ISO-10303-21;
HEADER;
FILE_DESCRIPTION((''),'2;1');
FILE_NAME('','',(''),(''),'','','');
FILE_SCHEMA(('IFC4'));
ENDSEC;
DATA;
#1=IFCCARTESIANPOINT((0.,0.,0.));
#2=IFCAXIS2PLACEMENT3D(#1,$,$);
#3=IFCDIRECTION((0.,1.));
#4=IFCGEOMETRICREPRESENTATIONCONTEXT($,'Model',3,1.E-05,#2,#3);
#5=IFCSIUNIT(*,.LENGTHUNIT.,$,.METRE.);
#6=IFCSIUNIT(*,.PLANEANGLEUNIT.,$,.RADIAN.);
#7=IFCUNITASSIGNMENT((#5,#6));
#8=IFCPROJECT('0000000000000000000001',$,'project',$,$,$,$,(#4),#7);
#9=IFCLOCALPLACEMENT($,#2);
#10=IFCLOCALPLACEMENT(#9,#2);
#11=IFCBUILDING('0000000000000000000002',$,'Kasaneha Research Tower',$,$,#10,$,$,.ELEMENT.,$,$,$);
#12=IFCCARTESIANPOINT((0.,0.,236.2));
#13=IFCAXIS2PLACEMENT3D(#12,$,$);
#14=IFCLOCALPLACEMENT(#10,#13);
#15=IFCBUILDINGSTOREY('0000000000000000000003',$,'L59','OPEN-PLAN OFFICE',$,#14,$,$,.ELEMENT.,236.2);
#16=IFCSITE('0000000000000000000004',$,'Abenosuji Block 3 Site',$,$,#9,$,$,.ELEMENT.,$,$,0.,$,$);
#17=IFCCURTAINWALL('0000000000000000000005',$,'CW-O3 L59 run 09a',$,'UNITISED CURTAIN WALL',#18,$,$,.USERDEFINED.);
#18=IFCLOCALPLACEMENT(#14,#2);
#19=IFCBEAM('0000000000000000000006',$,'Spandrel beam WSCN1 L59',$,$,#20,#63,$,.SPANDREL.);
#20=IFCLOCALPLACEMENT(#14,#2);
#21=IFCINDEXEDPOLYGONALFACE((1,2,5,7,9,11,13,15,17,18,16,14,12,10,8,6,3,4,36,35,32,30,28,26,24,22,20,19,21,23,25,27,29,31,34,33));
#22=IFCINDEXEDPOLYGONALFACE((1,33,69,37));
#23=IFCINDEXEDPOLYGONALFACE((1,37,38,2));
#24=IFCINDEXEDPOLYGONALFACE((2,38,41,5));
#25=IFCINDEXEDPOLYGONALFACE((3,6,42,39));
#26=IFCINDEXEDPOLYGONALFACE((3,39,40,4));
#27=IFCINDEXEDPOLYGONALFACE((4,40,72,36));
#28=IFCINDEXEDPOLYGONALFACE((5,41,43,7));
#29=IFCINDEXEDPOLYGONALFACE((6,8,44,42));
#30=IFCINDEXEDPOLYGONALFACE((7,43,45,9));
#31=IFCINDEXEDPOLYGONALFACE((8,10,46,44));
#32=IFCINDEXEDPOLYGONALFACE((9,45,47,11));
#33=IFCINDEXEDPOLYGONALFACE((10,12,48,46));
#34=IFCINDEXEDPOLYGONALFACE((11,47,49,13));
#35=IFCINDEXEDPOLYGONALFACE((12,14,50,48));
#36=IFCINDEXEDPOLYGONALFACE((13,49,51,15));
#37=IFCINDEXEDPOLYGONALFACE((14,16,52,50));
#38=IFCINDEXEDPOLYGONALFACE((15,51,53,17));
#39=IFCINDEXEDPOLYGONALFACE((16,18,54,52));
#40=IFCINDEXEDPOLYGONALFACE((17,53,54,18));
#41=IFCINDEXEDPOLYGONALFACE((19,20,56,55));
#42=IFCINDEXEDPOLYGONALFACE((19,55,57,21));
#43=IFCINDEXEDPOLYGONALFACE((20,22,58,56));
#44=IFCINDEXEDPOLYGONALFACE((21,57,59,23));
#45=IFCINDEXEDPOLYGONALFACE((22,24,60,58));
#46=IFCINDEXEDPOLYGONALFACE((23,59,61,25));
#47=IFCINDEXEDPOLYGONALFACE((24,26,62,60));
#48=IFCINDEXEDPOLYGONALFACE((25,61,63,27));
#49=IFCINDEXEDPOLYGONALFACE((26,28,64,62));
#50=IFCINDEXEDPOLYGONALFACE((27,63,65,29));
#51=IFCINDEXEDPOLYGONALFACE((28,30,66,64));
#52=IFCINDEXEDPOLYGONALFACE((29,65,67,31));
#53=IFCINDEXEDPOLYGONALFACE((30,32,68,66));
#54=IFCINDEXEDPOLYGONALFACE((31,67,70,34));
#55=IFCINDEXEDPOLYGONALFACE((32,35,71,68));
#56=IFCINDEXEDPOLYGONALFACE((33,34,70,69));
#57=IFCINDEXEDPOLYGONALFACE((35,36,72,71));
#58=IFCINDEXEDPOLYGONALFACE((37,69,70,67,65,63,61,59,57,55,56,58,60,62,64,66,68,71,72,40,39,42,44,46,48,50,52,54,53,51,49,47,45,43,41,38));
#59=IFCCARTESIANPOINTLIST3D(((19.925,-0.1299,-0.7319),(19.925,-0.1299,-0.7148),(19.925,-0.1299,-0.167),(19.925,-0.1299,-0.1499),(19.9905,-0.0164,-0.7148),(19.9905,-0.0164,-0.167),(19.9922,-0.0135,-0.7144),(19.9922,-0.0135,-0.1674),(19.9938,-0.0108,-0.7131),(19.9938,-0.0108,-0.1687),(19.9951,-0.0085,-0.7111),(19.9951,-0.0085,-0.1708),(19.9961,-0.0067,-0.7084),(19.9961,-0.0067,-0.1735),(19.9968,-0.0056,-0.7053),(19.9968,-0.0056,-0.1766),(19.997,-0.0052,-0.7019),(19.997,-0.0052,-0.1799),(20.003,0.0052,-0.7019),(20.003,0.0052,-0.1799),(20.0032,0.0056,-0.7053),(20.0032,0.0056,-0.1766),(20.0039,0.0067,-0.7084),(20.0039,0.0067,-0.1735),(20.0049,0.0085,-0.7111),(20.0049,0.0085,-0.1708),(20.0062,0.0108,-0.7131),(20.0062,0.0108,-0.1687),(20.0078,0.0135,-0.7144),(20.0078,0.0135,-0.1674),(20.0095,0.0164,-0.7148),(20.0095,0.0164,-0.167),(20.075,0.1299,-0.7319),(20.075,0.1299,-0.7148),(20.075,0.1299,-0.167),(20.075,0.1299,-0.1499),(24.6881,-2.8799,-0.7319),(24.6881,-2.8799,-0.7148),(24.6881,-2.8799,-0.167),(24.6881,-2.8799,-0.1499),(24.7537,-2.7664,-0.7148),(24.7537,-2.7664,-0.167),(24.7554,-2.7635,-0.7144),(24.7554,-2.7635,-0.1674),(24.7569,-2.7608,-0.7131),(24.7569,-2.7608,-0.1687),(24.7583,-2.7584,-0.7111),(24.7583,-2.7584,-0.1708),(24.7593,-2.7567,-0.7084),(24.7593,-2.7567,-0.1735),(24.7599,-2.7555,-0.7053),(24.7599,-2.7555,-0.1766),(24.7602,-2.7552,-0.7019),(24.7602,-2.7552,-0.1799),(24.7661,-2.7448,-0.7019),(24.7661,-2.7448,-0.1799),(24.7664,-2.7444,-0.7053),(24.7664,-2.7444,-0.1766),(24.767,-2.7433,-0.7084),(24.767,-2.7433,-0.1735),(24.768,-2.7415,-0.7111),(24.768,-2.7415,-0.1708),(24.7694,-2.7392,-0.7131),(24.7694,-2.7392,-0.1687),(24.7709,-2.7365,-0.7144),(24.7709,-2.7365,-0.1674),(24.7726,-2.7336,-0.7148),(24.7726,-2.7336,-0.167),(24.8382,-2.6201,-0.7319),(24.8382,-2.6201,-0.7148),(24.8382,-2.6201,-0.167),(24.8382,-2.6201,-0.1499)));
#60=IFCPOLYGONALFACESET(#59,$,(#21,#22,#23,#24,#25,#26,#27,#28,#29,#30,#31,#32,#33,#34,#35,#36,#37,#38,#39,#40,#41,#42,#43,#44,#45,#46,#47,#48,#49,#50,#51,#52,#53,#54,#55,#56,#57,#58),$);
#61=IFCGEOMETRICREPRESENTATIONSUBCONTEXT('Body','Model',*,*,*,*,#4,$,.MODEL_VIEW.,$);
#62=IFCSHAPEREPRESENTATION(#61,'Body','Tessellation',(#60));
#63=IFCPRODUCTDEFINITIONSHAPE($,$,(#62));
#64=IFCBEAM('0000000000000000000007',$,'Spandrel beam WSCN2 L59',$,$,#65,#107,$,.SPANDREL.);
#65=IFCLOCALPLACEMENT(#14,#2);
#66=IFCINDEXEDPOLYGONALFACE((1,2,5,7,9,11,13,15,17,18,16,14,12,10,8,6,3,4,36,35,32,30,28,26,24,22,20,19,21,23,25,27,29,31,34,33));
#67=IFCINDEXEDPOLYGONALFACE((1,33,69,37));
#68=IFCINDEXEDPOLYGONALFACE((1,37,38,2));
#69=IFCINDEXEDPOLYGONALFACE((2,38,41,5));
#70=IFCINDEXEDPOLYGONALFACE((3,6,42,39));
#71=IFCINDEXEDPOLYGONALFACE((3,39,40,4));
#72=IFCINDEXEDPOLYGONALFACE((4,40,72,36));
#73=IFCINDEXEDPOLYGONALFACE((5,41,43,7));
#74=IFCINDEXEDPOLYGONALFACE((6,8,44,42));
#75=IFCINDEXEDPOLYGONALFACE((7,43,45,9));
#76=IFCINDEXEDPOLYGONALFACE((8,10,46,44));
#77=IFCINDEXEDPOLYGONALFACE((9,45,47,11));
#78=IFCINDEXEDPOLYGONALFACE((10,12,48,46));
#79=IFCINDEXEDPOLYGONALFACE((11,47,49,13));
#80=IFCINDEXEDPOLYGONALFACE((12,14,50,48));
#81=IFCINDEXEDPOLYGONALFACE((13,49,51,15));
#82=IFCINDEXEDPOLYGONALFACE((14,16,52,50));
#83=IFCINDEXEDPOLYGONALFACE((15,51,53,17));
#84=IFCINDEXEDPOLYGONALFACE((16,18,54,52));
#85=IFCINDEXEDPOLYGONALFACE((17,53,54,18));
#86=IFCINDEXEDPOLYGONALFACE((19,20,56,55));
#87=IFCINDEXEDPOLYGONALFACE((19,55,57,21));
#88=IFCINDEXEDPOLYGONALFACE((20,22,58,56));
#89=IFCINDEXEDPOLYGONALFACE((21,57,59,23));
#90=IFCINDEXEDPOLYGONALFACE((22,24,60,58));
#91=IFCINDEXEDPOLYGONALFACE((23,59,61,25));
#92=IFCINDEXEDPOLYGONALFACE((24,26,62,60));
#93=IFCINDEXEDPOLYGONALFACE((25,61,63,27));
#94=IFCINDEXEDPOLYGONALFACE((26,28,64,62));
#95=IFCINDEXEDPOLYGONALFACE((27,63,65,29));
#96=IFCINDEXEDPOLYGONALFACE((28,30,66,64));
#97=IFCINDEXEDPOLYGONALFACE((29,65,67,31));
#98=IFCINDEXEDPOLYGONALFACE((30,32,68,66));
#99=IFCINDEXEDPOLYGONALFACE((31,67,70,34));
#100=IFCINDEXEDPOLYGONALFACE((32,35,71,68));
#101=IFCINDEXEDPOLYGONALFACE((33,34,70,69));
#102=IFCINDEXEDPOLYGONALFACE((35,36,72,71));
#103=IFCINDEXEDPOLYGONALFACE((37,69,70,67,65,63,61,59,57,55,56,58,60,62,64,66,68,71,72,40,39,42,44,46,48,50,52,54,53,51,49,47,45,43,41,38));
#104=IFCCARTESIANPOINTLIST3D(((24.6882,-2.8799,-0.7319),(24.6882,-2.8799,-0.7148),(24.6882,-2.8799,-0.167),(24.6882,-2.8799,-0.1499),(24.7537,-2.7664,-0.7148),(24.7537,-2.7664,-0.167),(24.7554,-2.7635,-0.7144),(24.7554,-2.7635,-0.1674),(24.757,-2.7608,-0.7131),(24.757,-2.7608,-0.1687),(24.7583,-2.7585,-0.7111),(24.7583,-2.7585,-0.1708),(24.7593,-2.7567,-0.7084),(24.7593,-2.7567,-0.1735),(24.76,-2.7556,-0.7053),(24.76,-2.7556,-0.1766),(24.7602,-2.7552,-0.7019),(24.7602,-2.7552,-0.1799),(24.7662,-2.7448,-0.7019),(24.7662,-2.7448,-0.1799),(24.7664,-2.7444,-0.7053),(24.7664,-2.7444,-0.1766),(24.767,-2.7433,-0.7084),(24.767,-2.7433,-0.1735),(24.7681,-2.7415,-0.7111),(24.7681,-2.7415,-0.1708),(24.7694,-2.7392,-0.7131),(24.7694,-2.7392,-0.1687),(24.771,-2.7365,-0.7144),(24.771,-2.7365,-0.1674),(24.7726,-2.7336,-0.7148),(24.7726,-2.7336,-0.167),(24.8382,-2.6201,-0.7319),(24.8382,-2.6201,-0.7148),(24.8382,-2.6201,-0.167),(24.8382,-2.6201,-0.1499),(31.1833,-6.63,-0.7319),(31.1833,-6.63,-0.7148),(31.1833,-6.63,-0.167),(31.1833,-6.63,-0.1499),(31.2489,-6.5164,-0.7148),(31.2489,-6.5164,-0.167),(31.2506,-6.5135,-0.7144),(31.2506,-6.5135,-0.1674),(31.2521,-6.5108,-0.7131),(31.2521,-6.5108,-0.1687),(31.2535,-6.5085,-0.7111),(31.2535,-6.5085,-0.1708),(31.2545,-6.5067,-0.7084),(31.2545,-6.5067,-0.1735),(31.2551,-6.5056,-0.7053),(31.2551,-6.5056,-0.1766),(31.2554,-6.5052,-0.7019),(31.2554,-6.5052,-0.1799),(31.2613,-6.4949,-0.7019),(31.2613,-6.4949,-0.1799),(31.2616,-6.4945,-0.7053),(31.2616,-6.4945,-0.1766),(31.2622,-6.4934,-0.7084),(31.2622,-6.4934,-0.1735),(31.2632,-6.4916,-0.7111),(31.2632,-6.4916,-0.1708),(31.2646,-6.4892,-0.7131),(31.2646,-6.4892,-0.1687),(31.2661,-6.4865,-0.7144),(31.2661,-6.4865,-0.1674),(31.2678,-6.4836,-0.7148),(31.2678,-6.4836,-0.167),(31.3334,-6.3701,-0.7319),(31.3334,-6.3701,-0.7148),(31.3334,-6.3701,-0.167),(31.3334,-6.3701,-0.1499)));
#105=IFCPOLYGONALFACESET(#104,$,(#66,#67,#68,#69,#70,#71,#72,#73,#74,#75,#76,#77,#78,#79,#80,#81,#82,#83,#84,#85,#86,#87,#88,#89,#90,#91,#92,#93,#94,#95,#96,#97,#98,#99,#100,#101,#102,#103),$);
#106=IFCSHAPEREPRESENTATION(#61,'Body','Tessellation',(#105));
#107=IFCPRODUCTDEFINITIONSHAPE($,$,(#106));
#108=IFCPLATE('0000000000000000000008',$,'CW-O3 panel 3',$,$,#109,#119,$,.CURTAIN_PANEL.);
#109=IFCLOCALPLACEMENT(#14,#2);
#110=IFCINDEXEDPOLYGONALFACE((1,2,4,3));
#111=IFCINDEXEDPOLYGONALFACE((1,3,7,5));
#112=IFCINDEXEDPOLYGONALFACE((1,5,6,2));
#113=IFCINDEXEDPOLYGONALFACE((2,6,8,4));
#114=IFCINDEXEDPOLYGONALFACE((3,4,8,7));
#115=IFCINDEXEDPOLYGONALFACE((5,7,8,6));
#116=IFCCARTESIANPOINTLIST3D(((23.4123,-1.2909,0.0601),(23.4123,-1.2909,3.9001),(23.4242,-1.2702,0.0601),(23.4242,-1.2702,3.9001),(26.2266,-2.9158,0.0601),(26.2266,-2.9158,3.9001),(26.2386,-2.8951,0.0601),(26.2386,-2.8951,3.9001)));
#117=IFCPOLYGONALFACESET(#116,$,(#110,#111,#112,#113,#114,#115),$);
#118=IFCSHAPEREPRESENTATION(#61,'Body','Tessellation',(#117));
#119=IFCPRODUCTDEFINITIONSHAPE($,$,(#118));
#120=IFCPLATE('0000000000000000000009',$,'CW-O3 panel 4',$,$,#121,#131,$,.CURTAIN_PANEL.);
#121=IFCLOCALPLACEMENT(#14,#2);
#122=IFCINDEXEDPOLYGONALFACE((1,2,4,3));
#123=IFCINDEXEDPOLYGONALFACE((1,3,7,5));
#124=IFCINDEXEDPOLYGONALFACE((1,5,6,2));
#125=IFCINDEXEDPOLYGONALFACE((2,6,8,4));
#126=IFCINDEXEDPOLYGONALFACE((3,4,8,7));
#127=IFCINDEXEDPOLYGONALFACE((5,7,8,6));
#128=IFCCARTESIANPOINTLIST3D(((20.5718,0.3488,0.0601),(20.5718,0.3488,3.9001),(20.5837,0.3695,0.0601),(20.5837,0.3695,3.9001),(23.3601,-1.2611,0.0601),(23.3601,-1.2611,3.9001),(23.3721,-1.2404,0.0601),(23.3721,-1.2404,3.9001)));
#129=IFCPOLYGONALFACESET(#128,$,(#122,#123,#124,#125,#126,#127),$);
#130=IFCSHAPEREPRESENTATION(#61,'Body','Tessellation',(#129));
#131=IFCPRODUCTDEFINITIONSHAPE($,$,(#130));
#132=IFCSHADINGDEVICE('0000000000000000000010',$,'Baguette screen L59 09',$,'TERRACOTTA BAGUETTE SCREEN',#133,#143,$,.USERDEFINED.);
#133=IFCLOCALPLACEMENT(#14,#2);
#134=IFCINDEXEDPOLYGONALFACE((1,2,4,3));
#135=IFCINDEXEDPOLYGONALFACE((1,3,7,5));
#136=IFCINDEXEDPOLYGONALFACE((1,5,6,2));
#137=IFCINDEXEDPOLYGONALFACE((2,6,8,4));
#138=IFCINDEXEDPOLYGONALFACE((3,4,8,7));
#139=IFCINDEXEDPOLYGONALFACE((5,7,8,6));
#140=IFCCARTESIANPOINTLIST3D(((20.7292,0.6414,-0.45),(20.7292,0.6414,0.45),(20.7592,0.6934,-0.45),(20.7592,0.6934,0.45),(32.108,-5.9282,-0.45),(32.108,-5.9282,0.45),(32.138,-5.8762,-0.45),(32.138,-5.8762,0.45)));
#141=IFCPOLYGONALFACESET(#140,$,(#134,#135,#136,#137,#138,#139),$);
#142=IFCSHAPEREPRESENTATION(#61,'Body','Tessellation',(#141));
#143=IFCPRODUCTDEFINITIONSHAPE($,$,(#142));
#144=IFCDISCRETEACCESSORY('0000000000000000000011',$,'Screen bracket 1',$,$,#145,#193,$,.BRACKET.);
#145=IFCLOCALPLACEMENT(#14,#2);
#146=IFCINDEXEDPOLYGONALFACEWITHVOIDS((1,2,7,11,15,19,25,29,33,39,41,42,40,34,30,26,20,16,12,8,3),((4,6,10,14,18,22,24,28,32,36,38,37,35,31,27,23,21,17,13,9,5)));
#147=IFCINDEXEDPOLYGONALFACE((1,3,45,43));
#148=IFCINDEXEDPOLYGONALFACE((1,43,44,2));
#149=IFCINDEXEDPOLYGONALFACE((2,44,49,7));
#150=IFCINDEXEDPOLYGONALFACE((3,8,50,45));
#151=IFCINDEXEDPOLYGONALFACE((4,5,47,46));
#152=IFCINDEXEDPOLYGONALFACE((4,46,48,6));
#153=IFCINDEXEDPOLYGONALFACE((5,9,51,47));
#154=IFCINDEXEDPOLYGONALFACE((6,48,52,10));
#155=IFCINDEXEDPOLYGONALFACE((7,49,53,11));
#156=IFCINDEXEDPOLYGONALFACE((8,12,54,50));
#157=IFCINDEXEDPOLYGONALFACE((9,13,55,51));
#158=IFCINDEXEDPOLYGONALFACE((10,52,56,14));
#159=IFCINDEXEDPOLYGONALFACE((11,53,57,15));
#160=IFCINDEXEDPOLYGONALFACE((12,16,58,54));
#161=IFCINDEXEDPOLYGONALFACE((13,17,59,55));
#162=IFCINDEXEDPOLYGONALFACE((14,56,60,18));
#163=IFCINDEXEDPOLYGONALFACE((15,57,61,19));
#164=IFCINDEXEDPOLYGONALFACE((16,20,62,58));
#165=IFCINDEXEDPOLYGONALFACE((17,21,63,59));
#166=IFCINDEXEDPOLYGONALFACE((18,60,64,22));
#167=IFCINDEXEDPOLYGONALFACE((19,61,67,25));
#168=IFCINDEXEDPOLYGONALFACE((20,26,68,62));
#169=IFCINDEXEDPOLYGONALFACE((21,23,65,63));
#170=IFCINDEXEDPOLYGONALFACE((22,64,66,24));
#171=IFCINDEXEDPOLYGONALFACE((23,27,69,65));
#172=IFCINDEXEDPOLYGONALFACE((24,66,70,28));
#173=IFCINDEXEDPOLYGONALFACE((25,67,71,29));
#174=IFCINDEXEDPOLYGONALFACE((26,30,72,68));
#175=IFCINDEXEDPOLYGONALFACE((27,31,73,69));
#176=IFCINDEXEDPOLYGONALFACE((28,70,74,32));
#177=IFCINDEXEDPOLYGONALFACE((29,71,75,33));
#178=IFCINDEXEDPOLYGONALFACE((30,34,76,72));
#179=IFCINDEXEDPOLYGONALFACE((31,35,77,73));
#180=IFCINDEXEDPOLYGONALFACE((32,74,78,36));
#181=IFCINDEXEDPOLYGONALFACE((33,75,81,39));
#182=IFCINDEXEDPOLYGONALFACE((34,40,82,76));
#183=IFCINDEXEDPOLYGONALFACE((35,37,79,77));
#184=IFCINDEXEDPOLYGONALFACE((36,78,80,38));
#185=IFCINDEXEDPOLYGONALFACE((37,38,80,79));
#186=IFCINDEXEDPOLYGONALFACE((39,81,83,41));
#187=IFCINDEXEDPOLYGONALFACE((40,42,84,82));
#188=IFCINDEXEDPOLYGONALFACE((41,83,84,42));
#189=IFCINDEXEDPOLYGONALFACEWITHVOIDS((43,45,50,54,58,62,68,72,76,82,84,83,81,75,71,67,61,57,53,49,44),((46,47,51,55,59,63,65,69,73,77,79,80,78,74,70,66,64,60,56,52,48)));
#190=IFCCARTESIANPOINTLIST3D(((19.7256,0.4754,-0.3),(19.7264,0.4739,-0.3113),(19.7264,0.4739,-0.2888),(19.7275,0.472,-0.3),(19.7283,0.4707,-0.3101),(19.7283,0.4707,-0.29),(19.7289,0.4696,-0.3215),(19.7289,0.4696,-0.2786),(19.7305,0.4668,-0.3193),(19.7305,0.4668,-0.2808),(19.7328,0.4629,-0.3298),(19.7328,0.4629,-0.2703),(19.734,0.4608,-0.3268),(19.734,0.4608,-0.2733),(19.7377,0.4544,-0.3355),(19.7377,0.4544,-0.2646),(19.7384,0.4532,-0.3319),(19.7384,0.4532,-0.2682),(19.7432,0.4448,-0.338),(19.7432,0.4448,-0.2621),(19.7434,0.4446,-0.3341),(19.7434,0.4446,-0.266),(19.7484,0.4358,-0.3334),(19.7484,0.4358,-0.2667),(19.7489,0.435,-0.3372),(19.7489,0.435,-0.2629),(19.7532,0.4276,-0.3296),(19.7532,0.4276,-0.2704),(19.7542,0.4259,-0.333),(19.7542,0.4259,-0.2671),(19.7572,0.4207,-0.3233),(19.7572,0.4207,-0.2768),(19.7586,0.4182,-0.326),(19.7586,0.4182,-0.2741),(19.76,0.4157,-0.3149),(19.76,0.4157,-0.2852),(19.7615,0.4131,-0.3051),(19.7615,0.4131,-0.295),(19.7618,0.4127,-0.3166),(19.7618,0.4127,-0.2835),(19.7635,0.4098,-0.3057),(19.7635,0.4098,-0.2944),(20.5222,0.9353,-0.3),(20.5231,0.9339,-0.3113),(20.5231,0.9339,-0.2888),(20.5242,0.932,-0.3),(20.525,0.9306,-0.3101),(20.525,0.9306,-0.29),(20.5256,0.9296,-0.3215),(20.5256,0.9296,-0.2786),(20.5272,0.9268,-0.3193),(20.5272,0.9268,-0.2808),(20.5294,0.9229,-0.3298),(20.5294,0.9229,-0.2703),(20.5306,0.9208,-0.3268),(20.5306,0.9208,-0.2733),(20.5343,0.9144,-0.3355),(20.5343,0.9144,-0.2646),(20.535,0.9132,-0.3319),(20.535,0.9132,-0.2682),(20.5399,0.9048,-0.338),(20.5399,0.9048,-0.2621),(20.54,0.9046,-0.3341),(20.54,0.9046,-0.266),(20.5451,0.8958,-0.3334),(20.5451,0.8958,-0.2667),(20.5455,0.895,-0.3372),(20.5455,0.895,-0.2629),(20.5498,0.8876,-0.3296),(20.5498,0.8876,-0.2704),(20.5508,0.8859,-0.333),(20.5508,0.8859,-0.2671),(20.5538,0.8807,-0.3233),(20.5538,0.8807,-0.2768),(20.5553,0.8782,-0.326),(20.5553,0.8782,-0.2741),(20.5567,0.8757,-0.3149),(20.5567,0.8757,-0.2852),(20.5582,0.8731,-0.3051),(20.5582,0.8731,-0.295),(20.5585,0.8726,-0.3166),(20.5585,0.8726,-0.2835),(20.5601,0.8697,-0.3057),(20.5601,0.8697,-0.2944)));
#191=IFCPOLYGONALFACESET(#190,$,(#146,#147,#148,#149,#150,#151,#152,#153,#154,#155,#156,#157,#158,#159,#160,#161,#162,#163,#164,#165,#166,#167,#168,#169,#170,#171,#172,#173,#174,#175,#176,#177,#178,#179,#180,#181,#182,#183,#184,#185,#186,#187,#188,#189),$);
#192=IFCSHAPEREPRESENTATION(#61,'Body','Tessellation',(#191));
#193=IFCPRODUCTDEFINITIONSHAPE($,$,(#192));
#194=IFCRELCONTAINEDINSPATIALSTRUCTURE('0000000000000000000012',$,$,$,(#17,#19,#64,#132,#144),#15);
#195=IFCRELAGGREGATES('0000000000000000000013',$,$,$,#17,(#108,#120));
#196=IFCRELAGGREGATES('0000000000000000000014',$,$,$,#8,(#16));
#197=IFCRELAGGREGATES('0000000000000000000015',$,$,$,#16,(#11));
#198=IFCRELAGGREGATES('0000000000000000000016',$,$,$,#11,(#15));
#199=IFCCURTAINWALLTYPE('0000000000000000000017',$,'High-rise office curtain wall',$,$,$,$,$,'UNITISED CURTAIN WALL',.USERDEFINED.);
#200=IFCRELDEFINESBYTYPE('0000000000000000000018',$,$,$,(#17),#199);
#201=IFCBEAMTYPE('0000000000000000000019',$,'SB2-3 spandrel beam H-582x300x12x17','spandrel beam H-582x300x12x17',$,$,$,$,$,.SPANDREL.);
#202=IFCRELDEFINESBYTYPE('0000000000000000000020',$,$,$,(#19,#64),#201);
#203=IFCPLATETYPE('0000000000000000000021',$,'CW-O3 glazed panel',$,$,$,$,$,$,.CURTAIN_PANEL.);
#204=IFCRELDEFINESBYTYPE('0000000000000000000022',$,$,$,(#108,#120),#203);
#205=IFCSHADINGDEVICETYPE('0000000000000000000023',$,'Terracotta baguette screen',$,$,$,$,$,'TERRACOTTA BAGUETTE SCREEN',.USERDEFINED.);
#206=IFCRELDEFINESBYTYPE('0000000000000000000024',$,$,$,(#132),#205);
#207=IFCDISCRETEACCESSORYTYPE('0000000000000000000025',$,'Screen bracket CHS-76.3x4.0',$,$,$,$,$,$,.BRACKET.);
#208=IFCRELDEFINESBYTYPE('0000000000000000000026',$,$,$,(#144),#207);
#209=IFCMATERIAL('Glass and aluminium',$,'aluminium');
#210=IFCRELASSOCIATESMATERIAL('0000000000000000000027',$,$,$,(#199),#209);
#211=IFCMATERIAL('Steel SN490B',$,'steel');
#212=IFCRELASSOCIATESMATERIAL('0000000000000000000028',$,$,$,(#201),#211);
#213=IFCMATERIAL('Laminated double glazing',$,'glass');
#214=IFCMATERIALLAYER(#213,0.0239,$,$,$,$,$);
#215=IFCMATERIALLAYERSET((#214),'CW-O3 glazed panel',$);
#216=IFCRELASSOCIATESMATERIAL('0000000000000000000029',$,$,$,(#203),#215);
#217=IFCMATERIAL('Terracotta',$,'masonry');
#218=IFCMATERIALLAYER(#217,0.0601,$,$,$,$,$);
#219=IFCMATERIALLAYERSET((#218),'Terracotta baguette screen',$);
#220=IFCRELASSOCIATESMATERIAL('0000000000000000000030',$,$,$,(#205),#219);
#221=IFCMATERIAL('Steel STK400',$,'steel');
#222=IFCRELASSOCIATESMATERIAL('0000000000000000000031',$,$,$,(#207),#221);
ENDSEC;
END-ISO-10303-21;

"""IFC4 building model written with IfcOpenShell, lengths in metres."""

from ifc_helpers import new_model, si_unit, direction, frame, origin, origin_2d, place, context, subcontext, project, spatial, rectangle, hollow_circle, i_section, extrude, material, layer, layer_set, material_profile, profile_set, type_object, element, aggregate, save


model = new_model("IFC4")

# Units and contexts
model_context = context("Model", 3, precision=1e-05, world=origin(), true_north=direction((0.0, 1.0)))
body_context = subcontext(model_context, "Body", "Model", "MODEL_VIEW")
ifc_project = project(units=[si_unit("LENGTHUNIT", "METRE"), si_unit("PLANEANGLEUNIT", "RADIAN")], contexts=[model_context])

# Site, building, storey
site_placement = place(None, origin())
site = spatial("IfcSite", under=ifc_project, at=site_placement, Name="Abenosuji Block 3 Site", CompositionType="ELEMENT", RefElevation=0.0)
building_placement = place(site_placement, origin())
building = spatial("IfcBuilding", under=site, at=building_placement, Name="Kasaneha Research Tower", CompositionType="ELEMENT")
storey_placement = place(building_placement, frame((0.0, 0.0, 236.2)))
storey = spatial("IfcBuildingStorey", under=building, at=storey_placement, Name="L59", Description="OPEN-PLAN OFFICE", CompositionType="ELEMENT", Elevation=236.2)

# Shared definitions
ifc_material_1 = material(Name="Glass and aluminium", Category="aluminium")
curtain_wall_type = type_object("IfcCurtainWallType", Name="High-rise office curtain wall", ElementType="UNITISED CURTAIN WALL", PredefinedType="USERDEFINED", material=ifc_material_1)

# Curtain wall
curtain_wall_1_placement = place(storey_placement, origin())
curtain_wall_1 = element("IfcCurtainWall", 1, at=curtain_wall_1_placement, inside=storey, type_object=curtain_wall_type, Name="CW-O3 L59 run 09a", ObjectType="UNITISED CURTAIN WALL", PredefinedType="USERDEFINED")

# Beams
ifc_material_2 = material(Name="Steel SN490B", Category="steel")
ifc_material_profile_1 = material_profile(ifc_material_2, i_section(OverallWidth=0.3, OverallDepth=0.582, WebThickness=0.012, FlangeThickness=0.0171, FilletRadius=0.0129, at=origin_2d()), Name="H-582x300x12x17")
ifc_profile_set_1 = profile_set([ifc_material_profile_1], Name="Steel SN490B")
beam_type_1 = type_object("IfcBeamType", Name="SB2-3 spandrel beam H-582x300x12x17", Description="spandrel beam H-582x300x12x17", PredefinedType="SPANDREL", material=ifc_profile_set_1)
beam_1_placement = place(storey_placement, frame((20.0, 0.0, -0.4409), z_axis=(0.866027, -0.499997, 0.0), x_axis=(0.499997, 0.866027, 0.0)))
element("IfcBeam", 2, at=beam_1_placement, inside=storey, type_object=beam_type_1, Name="Spandrel beam WSCN1 L59", PredefinedType="SPANDREL", context=body_context, shape_type="SweptSolid", body=[
    extrude(i_section(OverallWidth=0.3, OverallDepth=0.582, WebThickness=0.012, FlangeThickness=0.0171, FilletRadius=0.0129, at=origin_2d()), origin(), (0.0, 0.0, 1.0), 5.5),
])
beam_2_placement = place(storey_placement, frame((24.7632, -2.75, -0.4409), z_axis=(0.866023, -0.500004, 0.0), x_axis=(0.500004, 0.866023, 0.0)))
element("IfcBeam", 3, at=beam_2_placement, inside=storey, type_object=beam_type_1, Name="Spandrel beam WSCN2 L59", PredefinedType="SPANDREL", context=body_context, shape_type="SweptSolid", body=[
    extrude(i_section(OverallWidth=0.3, OverallDepth=0.582, WebThickness=0.012, FlangeThickness=0.0171, FilletRadius=0.0129, at=origin_2d()), origin(), (0.0, 0.0, 1.0), 7.5),
])

# Plates
ifc_material_3 = material(Name="Laminated double glazing", Category="glass")
ifc_layer_1 = layer(ifc_material_3, 0.0239)
ifc_layer_set_1 = layer_set([ifc_layer_1], Name="CW-O3 glazed panel")
plate_type = type_object("IfcPlateType", Name="CW-O3 glazed panel", PredefinedType="CURTAIN_PANEL", material=ifc_layer_set_1)
plate_1_placement = place(storey_placement, frame((24.8254, -2.093, 0.0601), z_axis=(0.0, 0.0, 1.0), x_axis=(-0.866025, 0.5, 0.0)))
plate_1 = element("IfcPlate", 4, at=plate_1_placement, type_object=plate_type, Name="CW-O3 panel 3", PredefinedType="CURTAIN_PANEL", context=body_context, shape_type="SweptSolid", body=[
    extrude(rectangle(XDim=3.2498, YDim=0.0239, at=origin_2d()), origin(), (0.0, 0.0, 1.0), 3.8401),
])
plate_2_placement = place(storey_placement, frame((21.9719, -0.4458, 0.0601), z_axis=(0.0, 0.0, 1.0), x_axis=(-0.866025, 0.5, 0.0)))
plate_2 = element("IfcPlate", 5, at=plate_2_placement, type_object=plate_type, Name="CW-O3 panel 4", PredefinedType="CURTAIN_PANEL", context=body_context, shape_type="SweptSolid", body=[
    extrude(rectangle(XDim=3.2197, YDim=0.0239, at=origin_2d()), origin(), (0.0, 0.0, 1.0), 3.8401),
])
aggregate(curtain_wall_1, [plate_1, plate_2])

# Shading device
ifc_material_4 = material(Name="Terracotta", Category="masonry")
ifc_layer_2 = layer(ifc_material_4, 0.0601)
ifc_layer_set_2 = layer_set([ifc_layer_2], Name="Terracotta baguette screen")
shading_device_type = type_object("IfcShadingDeviceType", Name="Terracotta baguette screen", ElementType="TERRACOTTA BAGUETTE SCREEN", PredefinedType="USERDEFINED", material=ifc_layer_set_2)
shading_device_placement = place(storey_placement, frame((26.4336, -2.6174, -0.45), z_axis=(0.0, 0.0, 1.0), x_axis=(-0.866025, 0.5, 0.0)))
element("IfcShadingDevice", 6, at=shading_device_placement, inside=storey, type_object=shading_device_type, Name="Baguette screen L59 09", ObjectType="TERRACOTTA BAGUETTE SCREEN", PredefinedType="USERDEFINED", context=body_context, shape_type="SweptSolid", body=[
    extrude(rectangle(XDim=13.1392, YDim=0.0601, at=origin_2d()), origin(), (0.0, 0.0, 1.0), 0.8999),
])

# Discrete accessory
ifc_material_5 = material(Name="Steel STK400", Category="steel")
ifc_material_profile_2 = material_profile(ifc_material_5, hollow_circle(Radius=0.0381, WallThickness=0.0039, at=origin_2d()), Name="CHS-76.3x4.0")
ifc_profile_set_2 = profile_set([ifc_material_profile_2], Name="Steel STK400")
discrete_accessory_type = type_object("IfcDiscreteAccessoryType", Name="Screen bracket CHS-76.3x4.0", PredefinedType="BRACKET", material=ifc_profile_set_2)
for number, where, z_axis, x_axis, name in (
    (7, (19.7446, 0.4424, -0.3), (0.866013, 0.500021, 0.0), (-0.500021, 0.866013, 0.0), "Screen bracket 1"),
):
    element("IfcDiscreteAccessory", number, at=place(storey_placement, frame(where, z_axis=z_axis, x_axis=x_axis)), inside=storey, type_object=discrete_accessory_type, Name=name, PredefinedType="BRACKET", context=body_context, shape_type="SweptSolid", body=[
        extrude(hollow_circle(Radius=0.0381, WallThickness=0.0039, at=origin_2d()), origin(), (0.0, 0.0, 1.0), 0.9199),
    ])

save(model, "model.ifc")
